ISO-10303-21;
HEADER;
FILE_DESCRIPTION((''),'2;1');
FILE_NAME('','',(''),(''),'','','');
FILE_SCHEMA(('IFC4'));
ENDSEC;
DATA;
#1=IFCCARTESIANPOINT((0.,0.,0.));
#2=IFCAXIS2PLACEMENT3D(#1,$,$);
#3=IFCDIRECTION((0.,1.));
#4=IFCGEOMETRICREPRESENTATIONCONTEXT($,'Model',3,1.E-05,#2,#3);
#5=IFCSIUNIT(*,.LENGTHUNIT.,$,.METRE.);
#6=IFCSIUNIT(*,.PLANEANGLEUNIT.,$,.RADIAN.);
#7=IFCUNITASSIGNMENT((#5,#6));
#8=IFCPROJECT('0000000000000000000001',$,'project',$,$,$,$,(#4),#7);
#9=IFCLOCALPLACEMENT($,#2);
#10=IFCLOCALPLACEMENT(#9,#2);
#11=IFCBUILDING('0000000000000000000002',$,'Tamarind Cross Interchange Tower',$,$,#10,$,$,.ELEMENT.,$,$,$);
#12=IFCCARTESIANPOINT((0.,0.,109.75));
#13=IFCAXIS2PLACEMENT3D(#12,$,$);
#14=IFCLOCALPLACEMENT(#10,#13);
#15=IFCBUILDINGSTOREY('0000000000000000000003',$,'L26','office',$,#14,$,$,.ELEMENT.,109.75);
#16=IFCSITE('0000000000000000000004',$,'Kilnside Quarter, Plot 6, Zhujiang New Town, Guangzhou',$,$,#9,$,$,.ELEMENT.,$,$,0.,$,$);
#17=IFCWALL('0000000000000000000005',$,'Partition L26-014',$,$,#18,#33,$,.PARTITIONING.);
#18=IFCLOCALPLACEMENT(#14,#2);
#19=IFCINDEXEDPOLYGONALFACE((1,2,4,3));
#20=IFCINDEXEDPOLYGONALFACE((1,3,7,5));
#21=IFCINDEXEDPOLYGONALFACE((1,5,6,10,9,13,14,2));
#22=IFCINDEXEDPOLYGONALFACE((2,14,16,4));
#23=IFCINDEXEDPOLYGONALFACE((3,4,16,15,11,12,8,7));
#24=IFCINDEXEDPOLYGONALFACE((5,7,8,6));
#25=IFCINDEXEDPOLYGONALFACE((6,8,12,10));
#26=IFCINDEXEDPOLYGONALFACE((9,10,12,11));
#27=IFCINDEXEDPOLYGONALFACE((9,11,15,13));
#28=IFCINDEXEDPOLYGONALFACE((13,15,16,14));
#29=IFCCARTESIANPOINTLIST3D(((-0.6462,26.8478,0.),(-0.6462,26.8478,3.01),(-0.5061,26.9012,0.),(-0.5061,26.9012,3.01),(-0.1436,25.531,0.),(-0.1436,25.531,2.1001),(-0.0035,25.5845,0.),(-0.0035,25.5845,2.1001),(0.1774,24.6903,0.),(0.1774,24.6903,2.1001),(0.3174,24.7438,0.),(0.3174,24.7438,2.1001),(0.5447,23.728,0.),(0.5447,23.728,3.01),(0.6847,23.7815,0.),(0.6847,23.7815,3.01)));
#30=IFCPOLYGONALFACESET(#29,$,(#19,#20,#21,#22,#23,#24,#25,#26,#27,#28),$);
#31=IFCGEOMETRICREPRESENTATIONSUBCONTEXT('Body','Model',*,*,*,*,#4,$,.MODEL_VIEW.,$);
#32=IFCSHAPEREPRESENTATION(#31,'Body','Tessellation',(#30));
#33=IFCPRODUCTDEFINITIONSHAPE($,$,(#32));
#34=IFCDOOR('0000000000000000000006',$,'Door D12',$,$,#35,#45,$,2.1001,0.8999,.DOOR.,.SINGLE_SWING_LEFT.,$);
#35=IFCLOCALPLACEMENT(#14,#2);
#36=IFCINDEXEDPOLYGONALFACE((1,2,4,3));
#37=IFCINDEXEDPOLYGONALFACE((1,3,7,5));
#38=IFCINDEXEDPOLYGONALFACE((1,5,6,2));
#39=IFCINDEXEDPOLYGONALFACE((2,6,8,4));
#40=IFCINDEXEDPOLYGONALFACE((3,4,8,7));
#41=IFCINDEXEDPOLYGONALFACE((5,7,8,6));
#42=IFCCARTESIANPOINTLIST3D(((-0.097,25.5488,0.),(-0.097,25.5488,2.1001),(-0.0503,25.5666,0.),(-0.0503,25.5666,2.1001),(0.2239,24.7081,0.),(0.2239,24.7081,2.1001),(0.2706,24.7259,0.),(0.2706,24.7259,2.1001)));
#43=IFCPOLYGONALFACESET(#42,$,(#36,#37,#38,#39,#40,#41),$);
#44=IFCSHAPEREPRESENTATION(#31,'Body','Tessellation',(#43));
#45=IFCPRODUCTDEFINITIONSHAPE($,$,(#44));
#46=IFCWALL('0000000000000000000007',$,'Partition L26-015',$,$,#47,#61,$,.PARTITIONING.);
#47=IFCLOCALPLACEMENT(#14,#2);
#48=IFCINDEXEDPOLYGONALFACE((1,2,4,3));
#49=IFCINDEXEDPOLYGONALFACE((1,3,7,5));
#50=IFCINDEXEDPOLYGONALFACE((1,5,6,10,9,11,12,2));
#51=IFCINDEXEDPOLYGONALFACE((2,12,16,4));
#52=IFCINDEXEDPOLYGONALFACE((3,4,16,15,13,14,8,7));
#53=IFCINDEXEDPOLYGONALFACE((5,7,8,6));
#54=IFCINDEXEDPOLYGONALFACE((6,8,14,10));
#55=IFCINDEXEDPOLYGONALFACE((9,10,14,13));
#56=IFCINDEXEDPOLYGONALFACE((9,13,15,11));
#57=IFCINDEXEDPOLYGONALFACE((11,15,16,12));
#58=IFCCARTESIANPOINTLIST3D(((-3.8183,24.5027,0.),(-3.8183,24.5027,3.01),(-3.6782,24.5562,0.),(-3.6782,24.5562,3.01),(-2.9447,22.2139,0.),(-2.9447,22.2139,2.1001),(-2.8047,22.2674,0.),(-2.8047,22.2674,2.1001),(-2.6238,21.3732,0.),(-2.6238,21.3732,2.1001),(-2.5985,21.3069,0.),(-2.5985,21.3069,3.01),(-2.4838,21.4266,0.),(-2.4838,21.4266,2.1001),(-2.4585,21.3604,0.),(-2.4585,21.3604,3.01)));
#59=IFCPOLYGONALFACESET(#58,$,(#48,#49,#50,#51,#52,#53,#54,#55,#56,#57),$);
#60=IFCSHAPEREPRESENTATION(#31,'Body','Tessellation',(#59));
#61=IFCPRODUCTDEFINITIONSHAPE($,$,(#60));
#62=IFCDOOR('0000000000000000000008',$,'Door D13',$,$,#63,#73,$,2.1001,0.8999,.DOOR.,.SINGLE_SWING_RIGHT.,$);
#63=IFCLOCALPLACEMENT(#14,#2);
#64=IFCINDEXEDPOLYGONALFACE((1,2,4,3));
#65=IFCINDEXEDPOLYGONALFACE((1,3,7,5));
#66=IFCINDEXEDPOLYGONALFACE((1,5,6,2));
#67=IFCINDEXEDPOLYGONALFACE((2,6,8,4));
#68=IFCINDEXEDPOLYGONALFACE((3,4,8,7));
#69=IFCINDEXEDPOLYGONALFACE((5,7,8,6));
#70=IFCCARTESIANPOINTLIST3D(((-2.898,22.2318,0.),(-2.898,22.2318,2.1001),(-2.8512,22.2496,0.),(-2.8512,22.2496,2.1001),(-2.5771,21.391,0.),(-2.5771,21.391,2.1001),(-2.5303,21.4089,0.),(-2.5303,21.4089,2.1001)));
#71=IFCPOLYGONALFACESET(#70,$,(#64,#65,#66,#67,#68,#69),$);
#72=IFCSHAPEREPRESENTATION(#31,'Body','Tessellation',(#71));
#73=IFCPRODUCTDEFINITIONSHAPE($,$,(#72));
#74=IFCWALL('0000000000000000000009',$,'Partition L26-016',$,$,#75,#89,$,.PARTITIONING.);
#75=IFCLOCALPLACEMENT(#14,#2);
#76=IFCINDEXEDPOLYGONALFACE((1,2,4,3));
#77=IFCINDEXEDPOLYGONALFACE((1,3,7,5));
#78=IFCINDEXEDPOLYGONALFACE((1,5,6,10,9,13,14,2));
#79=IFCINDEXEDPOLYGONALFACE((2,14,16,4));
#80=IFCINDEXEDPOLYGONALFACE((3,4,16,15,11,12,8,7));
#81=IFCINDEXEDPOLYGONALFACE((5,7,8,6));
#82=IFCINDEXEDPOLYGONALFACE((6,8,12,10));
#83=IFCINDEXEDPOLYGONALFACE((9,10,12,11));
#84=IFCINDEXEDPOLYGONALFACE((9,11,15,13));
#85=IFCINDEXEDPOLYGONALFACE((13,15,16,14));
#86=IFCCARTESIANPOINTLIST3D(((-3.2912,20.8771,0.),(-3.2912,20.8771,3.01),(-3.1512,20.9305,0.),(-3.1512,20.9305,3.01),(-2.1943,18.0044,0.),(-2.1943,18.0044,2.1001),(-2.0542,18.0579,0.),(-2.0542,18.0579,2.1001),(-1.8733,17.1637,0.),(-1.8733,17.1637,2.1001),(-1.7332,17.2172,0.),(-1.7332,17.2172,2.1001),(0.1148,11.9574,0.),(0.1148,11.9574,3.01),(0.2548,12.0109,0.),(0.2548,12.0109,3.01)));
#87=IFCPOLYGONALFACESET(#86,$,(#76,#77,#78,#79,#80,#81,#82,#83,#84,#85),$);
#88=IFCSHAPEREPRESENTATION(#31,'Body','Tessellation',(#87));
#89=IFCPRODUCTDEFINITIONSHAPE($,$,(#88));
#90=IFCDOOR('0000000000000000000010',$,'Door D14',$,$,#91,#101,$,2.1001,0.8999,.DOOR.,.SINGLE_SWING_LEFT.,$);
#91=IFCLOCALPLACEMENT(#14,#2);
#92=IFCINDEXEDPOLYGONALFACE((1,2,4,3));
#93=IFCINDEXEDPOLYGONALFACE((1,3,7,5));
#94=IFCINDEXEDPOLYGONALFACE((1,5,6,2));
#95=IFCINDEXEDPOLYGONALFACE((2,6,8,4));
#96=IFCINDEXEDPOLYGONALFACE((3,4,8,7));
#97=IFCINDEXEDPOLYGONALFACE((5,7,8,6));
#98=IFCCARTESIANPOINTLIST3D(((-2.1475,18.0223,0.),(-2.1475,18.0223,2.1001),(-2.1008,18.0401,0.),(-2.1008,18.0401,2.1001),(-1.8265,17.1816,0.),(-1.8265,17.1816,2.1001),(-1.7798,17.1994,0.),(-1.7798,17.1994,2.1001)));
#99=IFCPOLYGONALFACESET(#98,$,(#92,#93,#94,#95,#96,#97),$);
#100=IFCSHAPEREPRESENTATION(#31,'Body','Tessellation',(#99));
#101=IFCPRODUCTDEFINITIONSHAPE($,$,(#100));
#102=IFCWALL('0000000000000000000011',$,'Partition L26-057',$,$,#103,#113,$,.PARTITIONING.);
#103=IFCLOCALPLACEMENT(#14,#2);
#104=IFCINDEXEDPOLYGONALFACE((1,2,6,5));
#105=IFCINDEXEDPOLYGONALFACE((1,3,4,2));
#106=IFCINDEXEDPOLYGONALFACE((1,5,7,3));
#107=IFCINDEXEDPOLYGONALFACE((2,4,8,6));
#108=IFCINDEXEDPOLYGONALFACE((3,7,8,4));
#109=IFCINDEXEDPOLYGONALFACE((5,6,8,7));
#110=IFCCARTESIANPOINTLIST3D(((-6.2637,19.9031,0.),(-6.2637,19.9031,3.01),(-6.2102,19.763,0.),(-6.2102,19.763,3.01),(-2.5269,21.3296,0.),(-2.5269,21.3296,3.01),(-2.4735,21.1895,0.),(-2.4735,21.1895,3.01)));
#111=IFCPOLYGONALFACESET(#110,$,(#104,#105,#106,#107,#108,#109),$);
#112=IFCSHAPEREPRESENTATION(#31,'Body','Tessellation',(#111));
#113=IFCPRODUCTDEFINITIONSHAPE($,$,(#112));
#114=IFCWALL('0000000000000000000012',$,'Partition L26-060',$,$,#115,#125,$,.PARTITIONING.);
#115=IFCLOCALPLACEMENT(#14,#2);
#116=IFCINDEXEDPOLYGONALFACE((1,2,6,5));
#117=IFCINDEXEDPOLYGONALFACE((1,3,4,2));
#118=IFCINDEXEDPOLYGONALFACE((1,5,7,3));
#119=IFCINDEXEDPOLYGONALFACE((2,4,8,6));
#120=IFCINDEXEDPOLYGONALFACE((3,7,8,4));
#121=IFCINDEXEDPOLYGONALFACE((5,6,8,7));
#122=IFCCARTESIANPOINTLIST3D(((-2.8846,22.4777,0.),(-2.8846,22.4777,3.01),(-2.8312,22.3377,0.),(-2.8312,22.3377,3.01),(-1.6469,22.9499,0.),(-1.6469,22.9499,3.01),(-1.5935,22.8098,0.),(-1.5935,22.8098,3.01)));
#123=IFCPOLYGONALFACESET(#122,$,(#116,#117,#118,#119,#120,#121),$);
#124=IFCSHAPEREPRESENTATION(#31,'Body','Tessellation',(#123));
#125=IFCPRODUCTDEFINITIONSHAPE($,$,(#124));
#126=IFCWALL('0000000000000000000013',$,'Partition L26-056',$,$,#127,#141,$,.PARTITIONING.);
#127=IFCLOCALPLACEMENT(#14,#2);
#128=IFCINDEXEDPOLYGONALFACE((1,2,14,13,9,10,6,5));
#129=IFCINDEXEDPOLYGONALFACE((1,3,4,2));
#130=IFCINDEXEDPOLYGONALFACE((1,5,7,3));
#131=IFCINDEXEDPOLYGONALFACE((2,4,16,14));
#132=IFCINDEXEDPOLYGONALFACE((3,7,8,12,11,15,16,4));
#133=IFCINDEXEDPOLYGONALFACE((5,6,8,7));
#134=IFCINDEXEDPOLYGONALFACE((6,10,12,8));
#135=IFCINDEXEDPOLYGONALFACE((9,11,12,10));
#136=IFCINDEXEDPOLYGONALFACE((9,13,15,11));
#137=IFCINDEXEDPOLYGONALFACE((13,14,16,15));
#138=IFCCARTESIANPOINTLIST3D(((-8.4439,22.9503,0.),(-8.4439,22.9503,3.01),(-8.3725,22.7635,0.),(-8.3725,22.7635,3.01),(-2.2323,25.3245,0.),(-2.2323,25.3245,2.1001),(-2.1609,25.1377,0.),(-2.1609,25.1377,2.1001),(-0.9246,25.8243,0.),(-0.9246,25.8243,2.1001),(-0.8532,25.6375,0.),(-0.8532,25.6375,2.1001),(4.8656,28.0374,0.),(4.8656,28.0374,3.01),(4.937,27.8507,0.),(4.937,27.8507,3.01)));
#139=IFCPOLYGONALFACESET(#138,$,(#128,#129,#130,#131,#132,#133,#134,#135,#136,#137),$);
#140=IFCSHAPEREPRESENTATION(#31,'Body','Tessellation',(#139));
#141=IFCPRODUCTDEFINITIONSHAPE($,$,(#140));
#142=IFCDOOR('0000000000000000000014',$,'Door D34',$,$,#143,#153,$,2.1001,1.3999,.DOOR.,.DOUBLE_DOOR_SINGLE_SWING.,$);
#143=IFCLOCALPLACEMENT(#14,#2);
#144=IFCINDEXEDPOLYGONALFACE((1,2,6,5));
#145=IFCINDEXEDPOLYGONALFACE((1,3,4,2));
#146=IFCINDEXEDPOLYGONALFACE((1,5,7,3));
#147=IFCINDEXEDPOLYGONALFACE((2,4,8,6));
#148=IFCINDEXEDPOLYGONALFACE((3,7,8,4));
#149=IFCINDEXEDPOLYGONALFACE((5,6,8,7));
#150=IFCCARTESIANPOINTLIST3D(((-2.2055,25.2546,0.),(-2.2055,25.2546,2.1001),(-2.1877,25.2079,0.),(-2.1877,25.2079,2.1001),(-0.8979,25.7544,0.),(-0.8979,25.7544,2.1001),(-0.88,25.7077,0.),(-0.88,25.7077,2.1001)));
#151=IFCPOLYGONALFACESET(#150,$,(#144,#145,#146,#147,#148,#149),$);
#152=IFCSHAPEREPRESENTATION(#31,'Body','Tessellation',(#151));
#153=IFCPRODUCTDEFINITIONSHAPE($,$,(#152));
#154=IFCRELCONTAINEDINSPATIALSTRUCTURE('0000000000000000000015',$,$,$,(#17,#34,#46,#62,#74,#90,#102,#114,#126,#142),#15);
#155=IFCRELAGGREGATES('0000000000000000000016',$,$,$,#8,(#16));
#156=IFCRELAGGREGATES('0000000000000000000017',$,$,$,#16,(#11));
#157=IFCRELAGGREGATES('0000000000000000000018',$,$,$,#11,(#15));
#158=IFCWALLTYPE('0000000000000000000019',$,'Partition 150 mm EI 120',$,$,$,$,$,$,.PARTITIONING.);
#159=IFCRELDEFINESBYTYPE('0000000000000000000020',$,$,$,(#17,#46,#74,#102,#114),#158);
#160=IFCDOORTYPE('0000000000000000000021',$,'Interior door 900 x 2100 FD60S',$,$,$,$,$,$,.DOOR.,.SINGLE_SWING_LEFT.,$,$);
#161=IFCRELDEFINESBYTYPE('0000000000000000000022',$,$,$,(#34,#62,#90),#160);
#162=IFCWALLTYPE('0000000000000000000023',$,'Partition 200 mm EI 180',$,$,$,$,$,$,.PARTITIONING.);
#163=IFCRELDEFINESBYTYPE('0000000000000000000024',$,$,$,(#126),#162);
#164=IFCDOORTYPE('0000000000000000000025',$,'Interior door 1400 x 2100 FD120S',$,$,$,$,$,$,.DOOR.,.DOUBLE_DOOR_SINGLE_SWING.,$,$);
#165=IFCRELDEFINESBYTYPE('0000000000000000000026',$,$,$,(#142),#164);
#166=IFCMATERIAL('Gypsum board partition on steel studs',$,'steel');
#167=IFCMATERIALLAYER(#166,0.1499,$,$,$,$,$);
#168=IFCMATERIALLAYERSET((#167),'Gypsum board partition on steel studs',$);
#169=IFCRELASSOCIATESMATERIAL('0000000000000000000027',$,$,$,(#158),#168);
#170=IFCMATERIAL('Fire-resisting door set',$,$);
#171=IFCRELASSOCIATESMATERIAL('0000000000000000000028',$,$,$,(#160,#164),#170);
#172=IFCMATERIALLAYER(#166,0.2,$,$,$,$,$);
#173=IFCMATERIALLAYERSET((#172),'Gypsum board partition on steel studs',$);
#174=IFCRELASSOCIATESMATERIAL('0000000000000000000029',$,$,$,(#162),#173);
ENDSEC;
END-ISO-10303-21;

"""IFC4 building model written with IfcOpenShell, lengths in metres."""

from ifc_helpers import new_model, si_unit, direction, frame, frame_2d, origin, place, context, subcontext, project, spatial, rectangle, extrude, material, layer, layer_set, type_object, element, fill, save


model = new_model("IFC4")

# Units and contexts
model_context = context("Model", 3, precision=1e-05, world=origin(), true_north=direction((0.0, 1.0)))
body_context = subcontext(model_context, "Body", "Model", "MODEL_VIEW")
ifc_project = project(units=[si_unit("LENGTHUNIT", "METRE"), si_unit("PLANEANGLEUNIT", "RADIAN")], contexts=[model_context])

# Site, building, storey
site_placement = place(None, origin())
site = spatial("IfcSite", under=ifc_project, at=site_placement, Name="Kilnside Quarter, Plot 6, Zhujiang New Town, Guangzhou", CompositionType="ELEMENT", RefElevation=0.0)
building_placement = place(site_placement, origin())
building = spatial("IfcBuilding", under=site, at=building_placement, Name="Tamarind Cross Interchange Tower", CompositionType="ELEMENT")
storey_placement = place(building_placement, frame((0.0, 0.0, 109.75)))
storey = spatial("IfcBuildingStorey", under=building, at=storey_placement, Name="L26", Description="office", CompositionType="ELEMENT", Elevation=109.75)

# Shared definitions
ifc_material_1 = material(Name="Gypsum board partition on steel studs", Category="steel")

# Walls, openings, doors
ifc_layer_1 = layer(ifc_material_1, 0.1499)
ifc_layer_set_1 = layer_set([ifc_layer_1], Name="Gypsum board partition on steel studs")
wall_type_1 = type_object("IfcWallType", Name="Partition 150 mm EI 120", PredefinedType="PARTITIONING", material=ifc_layer_set_1)
wall_1_placement = place(storey_placement, frame((-0.5762, 26.8745, 0.0), z_axis=(0.0, 0.0, 1.0), x_axis=(0.356622, -0.934249, 0.0)))
wall_1 = element("IfcWall", 1, at=wall_1_placement, inside=storey, type_object=wall_type_1, Name="Partition L26-014", PredefinedType="PARTITIONING", context=body_context, shape_type="SweptSolid", body=[
    extrude(rectangle(XDim=3.3394, YDim=0.1499, at=frame_2d((1.6697, 0.0))), origin(), (0.0, 0.0, 1.0), 3.01),
])
opening_1_placement = place(wall_1_placement, frame((1.4094, 0.0, 0.0)))
opening_1 = element("IfcOpeningElement", 2, at=opening_1_placement, cuts=wall_1, PredefinedType="OPENING", context=body_context, shape_type="SweptSolid", body=[
    extrude(rectangle(XDim=0.8999, YDim=2.1001, at=frame_2d((0.45, 1.05))), frame((0.0, 0.085, 0.0), z_axis=(0.0, -1.0, 0.0), x_axis=(1.0, 0.0, 0.0)), (0.0, 0.0, 1.0), 0.1699),
])
ifc_material_2 = material(Name="Fire-resisting door set")
door_type_1 = type_object("IfcDoorType", Name="Interior door 900 x 2100 FD60S", OperationType="SINGLE_SWING_LEFT", PredefinedType="DOOR", material=ifc_material_2)
door_1_placement = place(opening_1_placement, origin())
door_1 = element("IfcDoor", 3, at=door_1_placement, inside=storey, type_object=door_type_1, Name="Door D12", OperationType="SINGLE_SWING_LEFT", OverallHeight=2.1001, OverallWidth=0.8999, PredefinedType="DOOR", context=body_context, shape_type="SweptSolid", body=[
    extrude(rectangle(XDim=0.8999, YDim=2.1001, at=frame_2d((0.45, 1.05))), frame((0.0, 0.0249, 0.0), z_axis=(0.0, -1.0, 0.0), x_axis=(1.0, 0.0, 0.0)), (0.0, 0.0, 1.0), 0.05),
])
fill(opening_1, door_1)
wall_2_placement = place(storey_placement, frame((-3.7483, 24.5295, 0.0), z_axis=(0.0, 0.0, 1.0), x_axis=(0.356577, -0.934266, 0.0)))
wall_2 = element("IfcWall", 4, at=wall_2_placement, inside=storey, type_object=wall_type_1, Name="Partition L26-015", PredefinedType="PARTITIONING", context=body_context, shape_type="SweptSolid", body=[
    extrude(rectangle(XDim=3.4207, YDim=0.1499, at=frame_2d((1.7104, 0.0))), origin(), (0.0, 0.0, 1.0), 3.01),
])
opening_2_placement = place(wall_2_placement, frame((2.45, 0.0, 0.0)))
opening_2 = element("IfcOpeningElement", 5, at=opening_2_placement, cuts=wall_2, PredefinedType="OPENING", context=body_context, shape_type="SweptSolid", body=[
    extrude(rectangle(XDim=0.8999, YDim=2.1001, at=frame_2d((0.45, 1.05))), frame((0.0, 0.085, 0.0), z_axis=(0.0, -1.0, 0.0), x_axis=(1.0, 0.0, 0.0)), (0.0, 0.0, 1.0), 0.1699),
])
door_2_placement = place(opening_2_placement, frame((0.8999, 0.0, 0.0), z_axis=(0.0, 0.0, 1.0), x_axis=(-1.0, 0.0, 0.0)))
door_2 = element("IfcDoor", 6, at=door_2_placement, inside=storey, type_object=door_type_1, Name="Door D13", OperationType="SINGLE_SWING_RIGHT", OverallHeight=2.1001, OverallWidth=0.8999, PredefinedType="DOOR", context=body_context, shape_type="SweptSolid", body=[
    extrude(rectangle(XDim=0.8999, YDim=2.1001, at=frame_2d((0.45, 1.05))), frame((0.0, 0.0249, 0.0), z_axis=(0.0, -1.0, 0.0), x_axis=(1.0, 0.0, 0.0)), (0.0, 0.0, 1.0), 0.05),
])
fill(opening_2, door_2)
wall_3_placement = place(storey_placement, frame((-3.2212, 20.9038, 0.0), z_axis=(0.0, 0.0, 1.0), x_axis=(0.35673, -0.934208, 0.0)))
wall_3 = element("IfcWall", 7, at=wall_3_placement, inside=storey, type_object=wall_type_1, Name="Partition L26-016", PredefinedType="PARTITIONING", context=body_context, shape_type="SweptSolid", body=[
    extrude(rectangle(XDim=9.5479, YDim=0.1499, at=frame_2d((4.7739, 0.0))), origin(), (0.0, 0.0, 1.0), 3.01),
])
opening_3_placement = place(wall_3_placement, frame((3.075, 0.0, 0.0)))
opening_3 = element("IfcOpeningElement", 8, at=opening_3_placement, cuts=wall_3, PredefinedType="OPENING", context=body_context, shape_type="SweptSolid", body=[
    extrude(rectangle(XDim=0.8999, YDim=2.1001, at=frame_2d((0.45, 1.05))), frame((0.0, 0.085, 0.0), z_axis=(0.0, -1.0, 0.0), x_axis=(1.0, 0.0, 0.0)), (0.0, 0.0, 1.0), 0.1699),
])
door_3_placement = place(opening_3_placement, frame((0.8999, 0.0, 0.0), z_axis=(0.0, 0.0, 1.0), x_axis=(-1.0, 0.0, 0.0)))
door_3 = element("IfcDoor", 9, at=door_3_placement, inside=storey, type_object=door_type_1, Name="Door D14", OperationType="SINGLE_SWING_LEFT", OverallHeight=2.1001, OverallWidth=0.8999, PredefinedType="DOOR", context=body_context, shape_type="SweptSolid", body=[
    extrude(rectangle(XDim=0.8999, YDim=2.1001, at=frame_2d((0.45, 1.05))), frame((0.0, 0.0249, 0.0), z_axis=(0.0, -1.0, 0.0), x_axis=(1.0, 0.0, 0.0)), (0.0, 0.0, 1.0), 0.05),
])
fill(opening_3, door_3)

# Walls
wall_4_placement = place(storey_placement, frame((-6.2371, 19.833, 0.0), z_axis=(0.0, 0.0, 1.0), x_axis=(0.934241, 0.356642, 0.0)))
element("IfcWall", 10, at=wall_4_placement, inside=storey, type_object=wall_type_1, Name="Partition L26-057", PredefinedType="PARTITIONING", context=body_context, shape_type="SweptSolid", body=[
    extrude(rectangle(XDim=3.9998, YDim=0.1499, at=frame_2d((2.0, 0.0))), origin(), (0.0, 0.0, 1.0), 3.01),
])
wall_5_placement = place(storey_placement, frame((-2.8579, 22.4077, 0.0), z_axis=(0.0, 0.0, 1.0), x_axis=(0.93433, 0.356409, 0.0)))
element("IfcWall", 11, at=wall_5_placement, inside=storey, type_object=wall_type_1, Name="Partition L26-060", PredefinedType="PARTITIONING", context=body_context, shape_type="SweptSolid", body=[
    extrude(rectangle(XDim=1.3247, YDim=0.1499, at=frame_2d((0.6624, 0.0))), origin(), (0.0, 0.0, 1.0), 3.01),
])

# Wall, opening, door
ifc_layer_2 = layer(ifc_material_1, 0.2)
ifc_layer_set_2 = layer_set([ifc_layer_2], Name="Gypsum board partition on steel studs")
wall_type_2 = type_object("IfcWallType", Name="Partition 200 mm EI 180", PredefinedType="PARTITIONING", material=ifc_layer_set_2)
wall_6_placement = place(storey_placement, frame((-8.4082, 22.8569, 0.0), z_axis=(0.0, 0.0, 1.0), x_axis=(0.934094, 0.357028, 0.0)))
wall_6 = element("IfcWall", 12, at=wall_6_placement, inside=storey, type_object=wall_type_2, Name="Partition L26-056", PredefinedType="PARTITIONING", context=body_context, shape_type="SweptSolid", body=[
    extrude(rectangle(XDim=14.2485, YDim=0.2, at=frame_2d((7.1243, 0.0))), origin(), (0.0, 0.0, 1.0), 3.01),
])
opening_4_placement = place(wall_6_placement, frame((6.6499, 0.0, 0.0)))
opening_4 = element("IfcOpeningElement", 13, at=opening_4_placement, cuts=wall_6, PredefinedType="OPENING", context=body_context, shape_type="SweptSolid", body=[
    extrude(rectangle(XDim=1.3999, YDim=2.1001, at=frame_2d((0.7, 1.05))), frame((0.0, 0.1099, 0.0), z_axis=(0.0, -1.0, 0.0), x_axis=(1.0, 0.0, 0.0)), (0.0, 0.0, 1.0), 0.22),
])
door_type_2 = type_object("IfcDoorType", Name="Interior door 1400 x 2100 FD120S", OperationType="DOUBLE_DOOR_SINGLE_SWING", PredefinedType="DOOR", material=ifc_material_2)
door_4_placement = place(opening_4_placement, frame((1.3999, 0.0, 0.0), z_axis=(0.0, 0.0, 1.0), x_axis=(-1.0, 0.0, 0.0)))
door_4 = element("IfcDoor", 14, at=door_4_placement, inside=storey, type_object=door_type_2, Name="Door D34", OperationType="DOUBLE_DOOR_SINGLE_SWING", OverallHeight=2.1001, OverallWidth=1.3999, PredefinedType="DOOR", context=body_context, shape_type="SweptSolid", body=[
    extrude(rectangle(XDim=1.3999, YDim=2.1001, at=frame_2d((0.7, 1.05))), frame((0.0, 0.0249, 0.0), z_axis=(0.0, -1.0, 0.0), x_axis=(1.0, 0.0, 0.0)), (0.0, 0.0, 1.0), 0.05),
])
fill(opening_4, door_4)

save(model, "model.ifc")
